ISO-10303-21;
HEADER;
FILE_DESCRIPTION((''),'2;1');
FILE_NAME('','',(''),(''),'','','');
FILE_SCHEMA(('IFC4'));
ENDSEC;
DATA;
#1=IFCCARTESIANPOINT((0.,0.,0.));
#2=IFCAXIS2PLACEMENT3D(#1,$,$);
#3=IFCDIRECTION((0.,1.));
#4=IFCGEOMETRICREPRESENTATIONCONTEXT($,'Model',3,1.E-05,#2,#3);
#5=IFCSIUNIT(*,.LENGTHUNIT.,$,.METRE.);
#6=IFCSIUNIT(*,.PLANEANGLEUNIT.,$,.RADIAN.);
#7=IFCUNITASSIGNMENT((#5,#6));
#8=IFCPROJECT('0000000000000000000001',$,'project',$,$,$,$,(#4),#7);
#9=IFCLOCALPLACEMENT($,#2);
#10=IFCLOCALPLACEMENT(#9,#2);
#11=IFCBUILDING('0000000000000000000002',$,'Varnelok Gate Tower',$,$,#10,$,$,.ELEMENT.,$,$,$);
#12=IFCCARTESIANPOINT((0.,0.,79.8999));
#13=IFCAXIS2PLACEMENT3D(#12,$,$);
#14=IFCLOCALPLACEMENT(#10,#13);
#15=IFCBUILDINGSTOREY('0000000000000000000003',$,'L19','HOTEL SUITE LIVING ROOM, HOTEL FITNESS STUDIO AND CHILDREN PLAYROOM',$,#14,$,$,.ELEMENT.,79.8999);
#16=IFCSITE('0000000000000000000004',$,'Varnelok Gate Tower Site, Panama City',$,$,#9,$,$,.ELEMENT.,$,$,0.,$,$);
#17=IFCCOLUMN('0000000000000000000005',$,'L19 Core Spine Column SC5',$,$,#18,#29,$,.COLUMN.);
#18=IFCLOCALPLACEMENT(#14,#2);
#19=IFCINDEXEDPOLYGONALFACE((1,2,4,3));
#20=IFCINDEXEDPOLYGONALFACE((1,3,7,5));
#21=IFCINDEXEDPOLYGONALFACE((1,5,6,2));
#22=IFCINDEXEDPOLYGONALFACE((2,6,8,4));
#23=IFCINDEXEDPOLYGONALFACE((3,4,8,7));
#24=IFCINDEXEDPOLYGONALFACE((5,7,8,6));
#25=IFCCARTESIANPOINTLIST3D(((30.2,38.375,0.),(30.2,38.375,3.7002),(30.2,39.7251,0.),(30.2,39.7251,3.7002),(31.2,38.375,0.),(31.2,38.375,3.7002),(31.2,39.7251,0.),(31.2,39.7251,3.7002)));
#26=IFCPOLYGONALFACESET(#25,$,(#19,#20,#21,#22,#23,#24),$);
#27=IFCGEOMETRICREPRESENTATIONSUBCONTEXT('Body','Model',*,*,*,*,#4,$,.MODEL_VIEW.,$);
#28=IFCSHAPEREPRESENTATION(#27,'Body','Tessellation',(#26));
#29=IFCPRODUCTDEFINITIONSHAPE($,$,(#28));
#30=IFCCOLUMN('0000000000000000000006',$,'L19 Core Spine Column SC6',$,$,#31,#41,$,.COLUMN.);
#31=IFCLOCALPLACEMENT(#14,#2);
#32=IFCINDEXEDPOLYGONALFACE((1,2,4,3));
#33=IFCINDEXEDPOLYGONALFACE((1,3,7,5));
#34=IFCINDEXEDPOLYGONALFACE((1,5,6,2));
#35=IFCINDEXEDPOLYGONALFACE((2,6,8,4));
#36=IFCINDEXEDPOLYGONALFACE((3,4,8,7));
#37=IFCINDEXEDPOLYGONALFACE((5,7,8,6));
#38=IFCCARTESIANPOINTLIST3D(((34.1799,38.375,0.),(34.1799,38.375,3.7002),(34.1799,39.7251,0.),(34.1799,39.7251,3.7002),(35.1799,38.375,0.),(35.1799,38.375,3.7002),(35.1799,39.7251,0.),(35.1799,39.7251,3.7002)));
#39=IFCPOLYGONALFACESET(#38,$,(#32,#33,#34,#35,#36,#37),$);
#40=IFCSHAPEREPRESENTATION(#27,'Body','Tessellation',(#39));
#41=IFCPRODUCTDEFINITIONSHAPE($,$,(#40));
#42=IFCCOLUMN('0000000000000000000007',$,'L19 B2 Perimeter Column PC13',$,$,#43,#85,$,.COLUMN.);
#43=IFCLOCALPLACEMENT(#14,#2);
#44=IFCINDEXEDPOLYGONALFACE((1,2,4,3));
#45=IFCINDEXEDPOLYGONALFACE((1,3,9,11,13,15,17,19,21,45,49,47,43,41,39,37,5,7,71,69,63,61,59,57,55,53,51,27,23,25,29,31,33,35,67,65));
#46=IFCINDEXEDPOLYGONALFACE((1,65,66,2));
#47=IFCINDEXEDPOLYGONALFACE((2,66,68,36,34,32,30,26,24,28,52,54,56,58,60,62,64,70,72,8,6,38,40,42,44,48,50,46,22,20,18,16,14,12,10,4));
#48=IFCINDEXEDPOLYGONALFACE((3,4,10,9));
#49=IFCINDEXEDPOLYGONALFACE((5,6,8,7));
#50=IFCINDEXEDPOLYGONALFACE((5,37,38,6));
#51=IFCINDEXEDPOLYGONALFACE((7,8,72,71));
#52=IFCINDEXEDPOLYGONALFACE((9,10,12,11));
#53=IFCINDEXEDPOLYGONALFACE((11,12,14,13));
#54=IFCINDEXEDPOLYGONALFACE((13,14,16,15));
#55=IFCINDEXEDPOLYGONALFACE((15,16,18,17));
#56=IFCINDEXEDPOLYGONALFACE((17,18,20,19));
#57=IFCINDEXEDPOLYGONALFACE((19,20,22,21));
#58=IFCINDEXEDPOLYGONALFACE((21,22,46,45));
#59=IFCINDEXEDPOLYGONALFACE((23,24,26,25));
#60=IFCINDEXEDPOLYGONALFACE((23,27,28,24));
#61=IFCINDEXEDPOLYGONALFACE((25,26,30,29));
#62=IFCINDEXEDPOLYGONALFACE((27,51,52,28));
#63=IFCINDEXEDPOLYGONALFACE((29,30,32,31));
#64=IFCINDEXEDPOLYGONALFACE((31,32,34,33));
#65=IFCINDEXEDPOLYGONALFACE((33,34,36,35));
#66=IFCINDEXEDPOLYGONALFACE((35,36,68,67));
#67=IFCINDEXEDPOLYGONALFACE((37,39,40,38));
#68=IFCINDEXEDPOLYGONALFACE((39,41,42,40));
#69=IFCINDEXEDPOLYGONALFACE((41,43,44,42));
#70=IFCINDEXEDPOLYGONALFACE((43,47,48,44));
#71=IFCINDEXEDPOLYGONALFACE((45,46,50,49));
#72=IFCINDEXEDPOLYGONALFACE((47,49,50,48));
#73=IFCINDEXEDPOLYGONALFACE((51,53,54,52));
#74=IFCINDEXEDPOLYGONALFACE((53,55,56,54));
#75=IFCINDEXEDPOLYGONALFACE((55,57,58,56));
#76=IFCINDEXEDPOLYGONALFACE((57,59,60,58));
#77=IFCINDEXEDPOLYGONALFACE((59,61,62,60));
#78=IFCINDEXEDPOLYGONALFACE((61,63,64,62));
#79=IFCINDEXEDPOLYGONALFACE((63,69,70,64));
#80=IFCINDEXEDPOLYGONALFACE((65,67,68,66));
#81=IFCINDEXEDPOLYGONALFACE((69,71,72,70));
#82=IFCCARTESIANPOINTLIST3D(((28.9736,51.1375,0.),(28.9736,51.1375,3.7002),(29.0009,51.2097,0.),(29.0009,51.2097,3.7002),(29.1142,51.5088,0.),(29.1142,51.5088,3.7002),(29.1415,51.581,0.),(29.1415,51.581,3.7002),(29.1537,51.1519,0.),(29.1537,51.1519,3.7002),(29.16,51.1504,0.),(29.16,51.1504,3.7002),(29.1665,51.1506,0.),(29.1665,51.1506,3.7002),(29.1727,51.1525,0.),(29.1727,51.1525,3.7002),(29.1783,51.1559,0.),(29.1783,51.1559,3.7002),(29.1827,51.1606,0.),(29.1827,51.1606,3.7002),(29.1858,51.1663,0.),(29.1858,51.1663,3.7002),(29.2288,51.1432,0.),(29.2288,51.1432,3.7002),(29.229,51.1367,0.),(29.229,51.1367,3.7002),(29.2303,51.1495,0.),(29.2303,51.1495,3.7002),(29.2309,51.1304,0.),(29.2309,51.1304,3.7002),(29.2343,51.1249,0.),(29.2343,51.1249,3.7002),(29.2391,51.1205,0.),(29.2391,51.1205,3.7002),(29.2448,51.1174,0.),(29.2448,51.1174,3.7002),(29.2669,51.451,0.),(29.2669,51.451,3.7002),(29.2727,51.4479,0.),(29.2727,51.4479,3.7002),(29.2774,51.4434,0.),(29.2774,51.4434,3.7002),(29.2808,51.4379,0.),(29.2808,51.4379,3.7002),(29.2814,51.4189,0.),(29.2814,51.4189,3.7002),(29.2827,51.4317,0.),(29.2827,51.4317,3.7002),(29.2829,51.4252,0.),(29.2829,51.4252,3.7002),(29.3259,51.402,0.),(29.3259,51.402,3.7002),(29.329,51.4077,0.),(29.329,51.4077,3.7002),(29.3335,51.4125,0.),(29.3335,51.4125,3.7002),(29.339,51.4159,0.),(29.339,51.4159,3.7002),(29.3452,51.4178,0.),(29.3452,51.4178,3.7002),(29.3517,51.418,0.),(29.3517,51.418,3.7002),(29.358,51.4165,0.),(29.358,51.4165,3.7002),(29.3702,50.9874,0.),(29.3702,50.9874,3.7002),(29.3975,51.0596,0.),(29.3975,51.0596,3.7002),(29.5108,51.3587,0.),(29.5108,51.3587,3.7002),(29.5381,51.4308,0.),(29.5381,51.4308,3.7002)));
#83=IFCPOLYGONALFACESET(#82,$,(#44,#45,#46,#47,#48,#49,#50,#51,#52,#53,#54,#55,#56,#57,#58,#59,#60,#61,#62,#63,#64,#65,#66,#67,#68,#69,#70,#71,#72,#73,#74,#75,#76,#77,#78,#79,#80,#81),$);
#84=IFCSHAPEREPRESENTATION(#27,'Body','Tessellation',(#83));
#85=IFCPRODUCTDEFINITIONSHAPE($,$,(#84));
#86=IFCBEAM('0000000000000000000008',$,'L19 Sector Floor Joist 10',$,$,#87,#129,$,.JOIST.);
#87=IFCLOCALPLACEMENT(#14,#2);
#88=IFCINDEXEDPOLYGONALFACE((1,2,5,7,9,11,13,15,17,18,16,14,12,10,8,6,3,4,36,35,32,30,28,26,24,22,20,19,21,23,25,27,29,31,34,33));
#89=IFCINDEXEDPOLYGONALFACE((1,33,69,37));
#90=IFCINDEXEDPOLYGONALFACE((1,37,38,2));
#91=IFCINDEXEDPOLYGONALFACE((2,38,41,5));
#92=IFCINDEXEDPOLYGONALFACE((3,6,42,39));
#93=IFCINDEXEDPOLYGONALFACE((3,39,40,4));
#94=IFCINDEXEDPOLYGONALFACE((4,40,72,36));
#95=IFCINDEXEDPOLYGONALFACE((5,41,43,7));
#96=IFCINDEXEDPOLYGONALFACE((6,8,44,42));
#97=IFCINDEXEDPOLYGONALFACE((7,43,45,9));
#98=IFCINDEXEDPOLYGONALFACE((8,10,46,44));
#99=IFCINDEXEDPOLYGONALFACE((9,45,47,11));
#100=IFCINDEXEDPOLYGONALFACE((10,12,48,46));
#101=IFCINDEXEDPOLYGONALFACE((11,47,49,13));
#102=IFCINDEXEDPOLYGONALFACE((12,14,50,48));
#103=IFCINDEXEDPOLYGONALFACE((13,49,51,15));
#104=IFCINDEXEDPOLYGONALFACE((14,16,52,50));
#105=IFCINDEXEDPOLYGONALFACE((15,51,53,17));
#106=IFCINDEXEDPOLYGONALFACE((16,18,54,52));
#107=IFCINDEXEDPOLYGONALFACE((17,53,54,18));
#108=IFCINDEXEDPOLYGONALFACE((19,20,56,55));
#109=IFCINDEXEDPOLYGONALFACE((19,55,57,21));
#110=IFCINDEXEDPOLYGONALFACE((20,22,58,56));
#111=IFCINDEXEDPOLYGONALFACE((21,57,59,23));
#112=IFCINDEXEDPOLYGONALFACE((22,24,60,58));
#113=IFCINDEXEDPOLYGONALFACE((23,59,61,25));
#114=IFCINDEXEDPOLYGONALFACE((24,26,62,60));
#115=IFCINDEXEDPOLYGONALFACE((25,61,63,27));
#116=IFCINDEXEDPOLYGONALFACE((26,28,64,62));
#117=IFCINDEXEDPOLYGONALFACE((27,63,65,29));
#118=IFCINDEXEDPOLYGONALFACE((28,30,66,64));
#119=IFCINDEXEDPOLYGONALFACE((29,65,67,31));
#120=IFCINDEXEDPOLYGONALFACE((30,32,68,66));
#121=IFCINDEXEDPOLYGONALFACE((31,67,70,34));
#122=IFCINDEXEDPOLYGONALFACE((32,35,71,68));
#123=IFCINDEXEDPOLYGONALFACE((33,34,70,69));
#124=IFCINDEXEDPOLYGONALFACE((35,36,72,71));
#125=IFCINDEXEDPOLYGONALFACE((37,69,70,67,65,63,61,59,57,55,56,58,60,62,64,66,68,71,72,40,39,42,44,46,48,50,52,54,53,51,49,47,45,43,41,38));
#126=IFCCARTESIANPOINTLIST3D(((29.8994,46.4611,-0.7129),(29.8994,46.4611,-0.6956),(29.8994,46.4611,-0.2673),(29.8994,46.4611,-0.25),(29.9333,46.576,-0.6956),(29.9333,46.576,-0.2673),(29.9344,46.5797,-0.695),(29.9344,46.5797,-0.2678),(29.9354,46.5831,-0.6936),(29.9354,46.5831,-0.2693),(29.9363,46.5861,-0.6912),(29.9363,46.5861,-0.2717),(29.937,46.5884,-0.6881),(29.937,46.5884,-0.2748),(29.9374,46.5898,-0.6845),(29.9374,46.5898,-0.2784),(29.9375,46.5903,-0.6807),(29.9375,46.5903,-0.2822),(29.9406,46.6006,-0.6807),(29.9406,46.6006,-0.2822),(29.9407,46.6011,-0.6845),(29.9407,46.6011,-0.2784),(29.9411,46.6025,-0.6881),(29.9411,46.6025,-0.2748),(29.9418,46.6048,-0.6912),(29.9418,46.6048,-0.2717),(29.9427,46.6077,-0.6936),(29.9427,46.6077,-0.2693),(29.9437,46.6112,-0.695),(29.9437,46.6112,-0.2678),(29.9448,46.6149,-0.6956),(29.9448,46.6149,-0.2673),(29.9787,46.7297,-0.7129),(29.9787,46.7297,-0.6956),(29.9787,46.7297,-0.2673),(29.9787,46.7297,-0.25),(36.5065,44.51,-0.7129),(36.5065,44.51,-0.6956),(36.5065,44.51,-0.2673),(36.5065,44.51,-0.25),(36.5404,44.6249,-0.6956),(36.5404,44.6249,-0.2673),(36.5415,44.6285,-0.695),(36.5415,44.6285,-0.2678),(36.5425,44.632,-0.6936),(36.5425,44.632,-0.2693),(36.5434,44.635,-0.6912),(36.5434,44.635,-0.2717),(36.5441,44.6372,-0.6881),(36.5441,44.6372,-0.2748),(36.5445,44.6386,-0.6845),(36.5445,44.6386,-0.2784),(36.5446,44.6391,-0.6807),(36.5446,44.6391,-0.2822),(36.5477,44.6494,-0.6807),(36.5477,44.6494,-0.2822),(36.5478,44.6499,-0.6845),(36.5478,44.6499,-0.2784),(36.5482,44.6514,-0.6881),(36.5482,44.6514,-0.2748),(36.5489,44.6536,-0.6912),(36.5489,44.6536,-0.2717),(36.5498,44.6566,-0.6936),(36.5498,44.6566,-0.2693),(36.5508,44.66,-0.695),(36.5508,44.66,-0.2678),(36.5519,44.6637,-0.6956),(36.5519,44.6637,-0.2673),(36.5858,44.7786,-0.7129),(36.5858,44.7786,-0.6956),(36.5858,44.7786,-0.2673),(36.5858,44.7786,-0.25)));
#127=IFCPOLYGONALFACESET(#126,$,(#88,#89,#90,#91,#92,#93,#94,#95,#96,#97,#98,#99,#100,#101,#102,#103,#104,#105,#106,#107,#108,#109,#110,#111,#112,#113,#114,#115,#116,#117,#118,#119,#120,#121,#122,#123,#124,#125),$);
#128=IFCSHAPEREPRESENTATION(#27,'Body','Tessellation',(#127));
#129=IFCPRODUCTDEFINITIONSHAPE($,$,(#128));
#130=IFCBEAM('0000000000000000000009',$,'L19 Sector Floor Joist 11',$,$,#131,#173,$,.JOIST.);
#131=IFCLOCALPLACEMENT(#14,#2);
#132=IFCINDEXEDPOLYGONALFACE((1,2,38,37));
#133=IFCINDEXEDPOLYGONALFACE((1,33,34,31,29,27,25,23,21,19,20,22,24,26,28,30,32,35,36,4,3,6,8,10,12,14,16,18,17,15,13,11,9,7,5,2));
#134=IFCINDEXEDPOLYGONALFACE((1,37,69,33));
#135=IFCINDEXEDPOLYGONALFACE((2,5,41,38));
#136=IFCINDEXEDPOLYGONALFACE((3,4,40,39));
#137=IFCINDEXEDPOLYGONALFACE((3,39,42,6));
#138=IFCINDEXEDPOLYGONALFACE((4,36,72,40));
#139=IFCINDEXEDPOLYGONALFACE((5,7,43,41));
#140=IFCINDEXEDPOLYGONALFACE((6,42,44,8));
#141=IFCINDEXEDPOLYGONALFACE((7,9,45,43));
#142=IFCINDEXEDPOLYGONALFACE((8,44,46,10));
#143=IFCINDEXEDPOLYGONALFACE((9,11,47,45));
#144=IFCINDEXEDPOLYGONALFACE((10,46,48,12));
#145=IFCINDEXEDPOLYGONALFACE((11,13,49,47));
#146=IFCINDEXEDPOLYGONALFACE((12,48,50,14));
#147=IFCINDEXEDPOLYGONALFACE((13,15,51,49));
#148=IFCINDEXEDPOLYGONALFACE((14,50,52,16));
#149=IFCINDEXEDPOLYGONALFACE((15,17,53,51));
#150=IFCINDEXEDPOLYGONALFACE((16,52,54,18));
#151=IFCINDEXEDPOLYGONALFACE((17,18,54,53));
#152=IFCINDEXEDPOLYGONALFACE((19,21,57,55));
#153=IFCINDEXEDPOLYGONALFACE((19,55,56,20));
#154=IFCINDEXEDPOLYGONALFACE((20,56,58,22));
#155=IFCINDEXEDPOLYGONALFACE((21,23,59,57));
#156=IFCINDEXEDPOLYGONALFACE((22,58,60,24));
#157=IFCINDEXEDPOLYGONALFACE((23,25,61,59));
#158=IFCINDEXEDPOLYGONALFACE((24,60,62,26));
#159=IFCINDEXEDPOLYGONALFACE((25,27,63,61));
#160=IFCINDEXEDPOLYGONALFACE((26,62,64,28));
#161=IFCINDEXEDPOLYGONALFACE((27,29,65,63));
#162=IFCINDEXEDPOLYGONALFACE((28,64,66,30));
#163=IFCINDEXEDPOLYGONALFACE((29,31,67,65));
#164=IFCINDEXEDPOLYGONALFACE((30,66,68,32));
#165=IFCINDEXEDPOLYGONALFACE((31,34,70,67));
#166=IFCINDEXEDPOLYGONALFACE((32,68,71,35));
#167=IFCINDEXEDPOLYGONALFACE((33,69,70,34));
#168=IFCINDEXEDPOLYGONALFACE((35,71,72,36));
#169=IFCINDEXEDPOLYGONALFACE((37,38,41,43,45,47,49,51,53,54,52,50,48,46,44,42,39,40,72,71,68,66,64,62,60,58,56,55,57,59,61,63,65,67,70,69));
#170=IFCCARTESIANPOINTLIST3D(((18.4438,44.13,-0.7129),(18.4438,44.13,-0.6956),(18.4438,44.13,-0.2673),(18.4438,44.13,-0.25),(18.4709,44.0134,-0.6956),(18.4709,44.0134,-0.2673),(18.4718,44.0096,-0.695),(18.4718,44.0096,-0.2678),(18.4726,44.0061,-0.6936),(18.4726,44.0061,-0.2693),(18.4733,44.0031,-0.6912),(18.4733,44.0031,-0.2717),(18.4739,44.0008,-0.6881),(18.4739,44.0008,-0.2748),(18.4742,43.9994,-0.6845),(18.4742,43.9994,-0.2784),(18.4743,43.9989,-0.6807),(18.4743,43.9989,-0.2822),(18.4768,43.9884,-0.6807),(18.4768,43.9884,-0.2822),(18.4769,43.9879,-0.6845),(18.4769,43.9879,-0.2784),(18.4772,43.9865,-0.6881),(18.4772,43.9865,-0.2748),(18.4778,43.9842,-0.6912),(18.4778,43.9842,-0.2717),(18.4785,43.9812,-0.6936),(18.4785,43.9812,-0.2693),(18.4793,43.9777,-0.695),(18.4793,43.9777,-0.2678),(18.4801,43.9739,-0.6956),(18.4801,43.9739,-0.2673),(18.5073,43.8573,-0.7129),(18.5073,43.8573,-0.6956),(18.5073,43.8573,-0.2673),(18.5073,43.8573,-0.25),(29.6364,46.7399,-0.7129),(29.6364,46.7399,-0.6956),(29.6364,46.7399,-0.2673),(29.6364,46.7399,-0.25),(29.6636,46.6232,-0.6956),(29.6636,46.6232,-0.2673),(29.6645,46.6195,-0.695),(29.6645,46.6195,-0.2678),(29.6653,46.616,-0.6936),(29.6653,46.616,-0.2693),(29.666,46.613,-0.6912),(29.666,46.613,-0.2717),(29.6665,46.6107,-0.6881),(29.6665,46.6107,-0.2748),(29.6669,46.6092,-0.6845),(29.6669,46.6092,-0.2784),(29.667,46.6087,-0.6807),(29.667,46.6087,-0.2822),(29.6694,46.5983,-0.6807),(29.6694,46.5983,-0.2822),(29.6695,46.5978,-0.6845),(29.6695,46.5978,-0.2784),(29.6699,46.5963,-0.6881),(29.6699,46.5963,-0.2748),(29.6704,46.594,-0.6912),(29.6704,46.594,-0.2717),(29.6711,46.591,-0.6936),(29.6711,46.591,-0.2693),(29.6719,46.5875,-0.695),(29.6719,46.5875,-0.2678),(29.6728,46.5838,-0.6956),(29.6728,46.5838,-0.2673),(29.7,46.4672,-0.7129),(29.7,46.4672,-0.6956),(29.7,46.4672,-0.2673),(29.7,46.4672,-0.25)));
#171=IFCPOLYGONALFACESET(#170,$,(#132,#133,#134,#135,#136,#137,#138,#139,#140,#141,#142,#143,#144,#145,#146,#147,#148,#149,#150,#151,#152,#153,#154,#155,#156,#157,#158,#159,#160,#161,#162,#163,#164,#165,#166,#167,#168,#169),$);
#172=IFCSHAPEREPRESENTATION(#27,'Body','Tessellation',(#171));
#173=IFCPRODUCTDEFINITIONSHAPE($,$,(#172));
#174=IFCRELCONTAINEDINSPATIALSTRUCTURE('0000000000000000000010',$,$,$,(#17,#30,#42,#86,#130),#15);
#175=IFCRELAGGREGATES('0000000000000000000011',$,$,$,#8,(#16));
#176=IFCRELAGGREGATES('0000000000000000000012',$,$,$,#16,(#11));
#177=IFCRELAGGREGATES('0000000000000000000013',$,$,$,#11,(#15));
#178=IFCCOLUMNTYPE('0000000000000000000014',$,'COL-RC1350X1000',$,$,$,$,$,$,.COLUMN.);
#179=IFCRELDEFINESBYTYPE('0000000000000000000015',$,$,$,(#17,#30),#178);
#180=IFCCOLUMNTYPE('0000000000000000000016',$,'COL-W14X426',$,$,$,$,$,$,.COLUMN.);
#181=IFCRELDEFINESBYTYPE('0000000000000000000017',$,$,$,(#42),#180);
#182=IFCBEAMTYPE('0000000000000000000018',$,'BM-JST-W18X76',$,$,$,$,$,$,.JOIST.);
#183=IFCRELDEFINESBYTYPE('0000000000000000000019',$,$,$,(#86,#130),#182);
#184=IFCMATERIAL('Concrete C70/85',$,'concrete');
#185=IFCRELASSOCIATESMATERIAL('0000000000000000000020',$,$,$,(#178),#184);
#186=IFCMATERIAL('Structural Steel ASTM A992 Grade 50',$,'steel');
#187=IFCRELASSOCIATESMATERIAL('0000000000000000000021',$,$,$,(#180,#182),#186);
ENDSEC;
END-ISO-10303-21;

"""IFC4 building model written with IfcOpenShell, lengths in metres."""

from ifc_helpers import new_model, si_unit, direction, frame, origin, origin_2d, place, context, subcontext, project, spatial, rectangle, i_section, extrude, material, material_profile, profile_set, type_object, element, save


model = new_model("IFC4")

# Units and contexts
model_context = context("Model", 3, precision=1e-05, world=origin(), true_north=direction((0.0, 1.0)))
body_context = subcontext(model_context, "Body", "Model", "MODEL_VIEW")
ifc_project = project(units=[si_unit("LENGTHUNIT", "METRE"), si_unit("PLANEANGLEUNIT", "RADIAN")], contexts=[model_context])

# Site, building, storey
site_placement = place(None, origin())
site = spatial("IfcSite", under=ifc_project, at=site_placement, Name="Varnelok Gate Tower Site, Panama City", CompositionType="ELEMENT", RefElevation=0.0)
building_placement = place(site_placement, origin())
building = spatial("IfcBuilding", under=site, at=building_placement, Name="Varnelok Gate Tower", CompositionType="ELEMENT")
storey_placement = place(building_placement, frame((0.0, 0.0, 79.8999)))
storey = spatial("IfcBuildingStorey", under=building, at=storey_placement, Name="L19", Description="HOTEL SUITE LIVING ROOM, HOTEL FITNESS STUDIO AND CHILDREN PLAYROOM", CompositionType="ELEMENT", Elevation=79.8999)

# Columns
ifc_material_1 = material(Name="Concrete C70/85", Category="concrete")
ifc_material_profile_1 = material_profile(ifc_material_1, rectangle(XDim=1.0, YDim=1.3501, at=origin_2d()), Name="RC1350X1000")
ifc_profile_set_1 = profile_set([ifc_material_profile_1], Name="Concrete C70/85")
column_type_1 = type_object("IfcColumnType", Name="COL-RC1350X1000", PredefinedType="COLUMN", material=ifc_profile_set_1)
for number, where, z_axis, x_axis, name in (
    (1, (30.7, 39.05, 0.0), (0.0, 0.0, 1.0), (1.0, 0.0, 0.0), "L19 Core Spine Column SC5"),
    (2, (34.6799, 39.05, 0.0), (0.0, 0.0, 1.0), (1.0, 0.0, 0.0), "L19 Core Spine Column SC6"),
):
    element("IfcColumn", number, at=place(storey_placement, frame(where, z_axis=z_axis, x_axis=x_axis)), inside=storey, type_object=column_type_1, Name=name, PredefinedType="COLUMN", context=body_context, shape_type="SweptSolid", body=[
        extrude(rectangle(XDim=1.0, YDim=1.3501, at=origin_2d()), origin(), (0.0, 0.0, 1.0), 3.7002),
    ])
ifc_material_2 = material(Name="Structural Steel ASTM A992 Grade 50", Category="steel")
ifc_material_profile_2 = material_profile(ifc_material_2, i_section(OverallWidth=0.4241, OverallDepth=0.4741, WebThickness=0.0476, FlangeThickness=0.0771, FilletRadius=0.0249, at=origin_2d()), Name="W14X426")
ifc_profile_set_2 = profile_set([ifc_material_profile_2], Name="Structural Steel ASTM A992 Grade 50")
column_type_2 = type_object("IfcColumnType", Name="COL-W14X426", PredefinedType="COLUMN", material=ifc_profile_set_2)
column_placement = place(storey_placement, frame((29.2559, 51.2842, 0.0), z_axis=(0.0, 0.0, 1.0), x_axis=(0.935222, -0.354063, 0.0)))
element("IfcColumn", 3, at=column_placement, inside=storey, type_object=column_type_2, Name="L19 B2 Perimeter Column PC13", PredefinedType="COLUMN", context=body_context, shape_type="SweptSolid", body=[
    extrude(i_section(OverallWidth=0.4241, OverallDepth=0.4741, WebThickness=0.0476, FlangeThickness=0.0771, FilletRadius=0.0249, at=origin_2d()), origin(), (0.0, 0.0, 1.0), 3.7002),
])

# Beams
ifc_material_profile_3 = material_profile(ifc_material_2, i_section(OverallWidth=0.28, OverallDepth=0.4629, WebThickness=0.0107, FlangeThickness=0.0173, FilletRadius=0.0149, at=origin_2d()), Name="W18X76")
ifc_profile_set_3 = profile_set([ifc_material_profile_3], Name="Structural Steel ASTM A992 Grade 50")
beam_type_1 = type_object("IfcBeamType", Name="BM-JST-W18X76", PredefinedType="JOIST", material=ifc_profile_set_3)
beam_1_placement = place(storey_placement, frame((36.5461, 44.6443, -0.4814), z_axis=(-0.959055, 0.283219, 0.0), x_axis=(-0.283219, -0.959055, 0.0)))
element("IfcBeam", 4, at=beam_1_placement, inside=storey, type_object=beam_type_1, Name="L19 Sector Floor Joist 10", PredefinedType="JOIST", context=body_context, shape_type="SweptSolid", body=[
    extrude(i_section(OverallWidth=0.28, OverallDepth=0.4629, WebThickness=0.0107, FlangeThickness=0.0173, FilletRadius=0.0149, at=origin_2d()), origin(), (0.0, 0.0, 1.0), 6.8892),
])
beam_2_placement = place(storey_placement, frame((29.6682, 46.6035, -0.4814), z_axis=(-0.973875, -0.227085, 0.0), x_axis=(0.227085, -0.973875, 0.0)))
element("IfcBeam", 5, at=beam_2_placement, inside=storey, type_object=beam_type_1, Name="L19 Sector Floor Joist 11", PredefinedType="JOIST", context=body_context, shape_type="SweptSolid", body=[
    extrude(i_section(OverallWidth=0.28, OverallDepth=0.4629, WebThickness=0.0107, FlangeThickness=0.0173, FilletRadius=0.0149, at=origin_2d()), origin(), (0.0, 0.0, 1.0), 11.4929),
])

save(model, "model.ifc")
